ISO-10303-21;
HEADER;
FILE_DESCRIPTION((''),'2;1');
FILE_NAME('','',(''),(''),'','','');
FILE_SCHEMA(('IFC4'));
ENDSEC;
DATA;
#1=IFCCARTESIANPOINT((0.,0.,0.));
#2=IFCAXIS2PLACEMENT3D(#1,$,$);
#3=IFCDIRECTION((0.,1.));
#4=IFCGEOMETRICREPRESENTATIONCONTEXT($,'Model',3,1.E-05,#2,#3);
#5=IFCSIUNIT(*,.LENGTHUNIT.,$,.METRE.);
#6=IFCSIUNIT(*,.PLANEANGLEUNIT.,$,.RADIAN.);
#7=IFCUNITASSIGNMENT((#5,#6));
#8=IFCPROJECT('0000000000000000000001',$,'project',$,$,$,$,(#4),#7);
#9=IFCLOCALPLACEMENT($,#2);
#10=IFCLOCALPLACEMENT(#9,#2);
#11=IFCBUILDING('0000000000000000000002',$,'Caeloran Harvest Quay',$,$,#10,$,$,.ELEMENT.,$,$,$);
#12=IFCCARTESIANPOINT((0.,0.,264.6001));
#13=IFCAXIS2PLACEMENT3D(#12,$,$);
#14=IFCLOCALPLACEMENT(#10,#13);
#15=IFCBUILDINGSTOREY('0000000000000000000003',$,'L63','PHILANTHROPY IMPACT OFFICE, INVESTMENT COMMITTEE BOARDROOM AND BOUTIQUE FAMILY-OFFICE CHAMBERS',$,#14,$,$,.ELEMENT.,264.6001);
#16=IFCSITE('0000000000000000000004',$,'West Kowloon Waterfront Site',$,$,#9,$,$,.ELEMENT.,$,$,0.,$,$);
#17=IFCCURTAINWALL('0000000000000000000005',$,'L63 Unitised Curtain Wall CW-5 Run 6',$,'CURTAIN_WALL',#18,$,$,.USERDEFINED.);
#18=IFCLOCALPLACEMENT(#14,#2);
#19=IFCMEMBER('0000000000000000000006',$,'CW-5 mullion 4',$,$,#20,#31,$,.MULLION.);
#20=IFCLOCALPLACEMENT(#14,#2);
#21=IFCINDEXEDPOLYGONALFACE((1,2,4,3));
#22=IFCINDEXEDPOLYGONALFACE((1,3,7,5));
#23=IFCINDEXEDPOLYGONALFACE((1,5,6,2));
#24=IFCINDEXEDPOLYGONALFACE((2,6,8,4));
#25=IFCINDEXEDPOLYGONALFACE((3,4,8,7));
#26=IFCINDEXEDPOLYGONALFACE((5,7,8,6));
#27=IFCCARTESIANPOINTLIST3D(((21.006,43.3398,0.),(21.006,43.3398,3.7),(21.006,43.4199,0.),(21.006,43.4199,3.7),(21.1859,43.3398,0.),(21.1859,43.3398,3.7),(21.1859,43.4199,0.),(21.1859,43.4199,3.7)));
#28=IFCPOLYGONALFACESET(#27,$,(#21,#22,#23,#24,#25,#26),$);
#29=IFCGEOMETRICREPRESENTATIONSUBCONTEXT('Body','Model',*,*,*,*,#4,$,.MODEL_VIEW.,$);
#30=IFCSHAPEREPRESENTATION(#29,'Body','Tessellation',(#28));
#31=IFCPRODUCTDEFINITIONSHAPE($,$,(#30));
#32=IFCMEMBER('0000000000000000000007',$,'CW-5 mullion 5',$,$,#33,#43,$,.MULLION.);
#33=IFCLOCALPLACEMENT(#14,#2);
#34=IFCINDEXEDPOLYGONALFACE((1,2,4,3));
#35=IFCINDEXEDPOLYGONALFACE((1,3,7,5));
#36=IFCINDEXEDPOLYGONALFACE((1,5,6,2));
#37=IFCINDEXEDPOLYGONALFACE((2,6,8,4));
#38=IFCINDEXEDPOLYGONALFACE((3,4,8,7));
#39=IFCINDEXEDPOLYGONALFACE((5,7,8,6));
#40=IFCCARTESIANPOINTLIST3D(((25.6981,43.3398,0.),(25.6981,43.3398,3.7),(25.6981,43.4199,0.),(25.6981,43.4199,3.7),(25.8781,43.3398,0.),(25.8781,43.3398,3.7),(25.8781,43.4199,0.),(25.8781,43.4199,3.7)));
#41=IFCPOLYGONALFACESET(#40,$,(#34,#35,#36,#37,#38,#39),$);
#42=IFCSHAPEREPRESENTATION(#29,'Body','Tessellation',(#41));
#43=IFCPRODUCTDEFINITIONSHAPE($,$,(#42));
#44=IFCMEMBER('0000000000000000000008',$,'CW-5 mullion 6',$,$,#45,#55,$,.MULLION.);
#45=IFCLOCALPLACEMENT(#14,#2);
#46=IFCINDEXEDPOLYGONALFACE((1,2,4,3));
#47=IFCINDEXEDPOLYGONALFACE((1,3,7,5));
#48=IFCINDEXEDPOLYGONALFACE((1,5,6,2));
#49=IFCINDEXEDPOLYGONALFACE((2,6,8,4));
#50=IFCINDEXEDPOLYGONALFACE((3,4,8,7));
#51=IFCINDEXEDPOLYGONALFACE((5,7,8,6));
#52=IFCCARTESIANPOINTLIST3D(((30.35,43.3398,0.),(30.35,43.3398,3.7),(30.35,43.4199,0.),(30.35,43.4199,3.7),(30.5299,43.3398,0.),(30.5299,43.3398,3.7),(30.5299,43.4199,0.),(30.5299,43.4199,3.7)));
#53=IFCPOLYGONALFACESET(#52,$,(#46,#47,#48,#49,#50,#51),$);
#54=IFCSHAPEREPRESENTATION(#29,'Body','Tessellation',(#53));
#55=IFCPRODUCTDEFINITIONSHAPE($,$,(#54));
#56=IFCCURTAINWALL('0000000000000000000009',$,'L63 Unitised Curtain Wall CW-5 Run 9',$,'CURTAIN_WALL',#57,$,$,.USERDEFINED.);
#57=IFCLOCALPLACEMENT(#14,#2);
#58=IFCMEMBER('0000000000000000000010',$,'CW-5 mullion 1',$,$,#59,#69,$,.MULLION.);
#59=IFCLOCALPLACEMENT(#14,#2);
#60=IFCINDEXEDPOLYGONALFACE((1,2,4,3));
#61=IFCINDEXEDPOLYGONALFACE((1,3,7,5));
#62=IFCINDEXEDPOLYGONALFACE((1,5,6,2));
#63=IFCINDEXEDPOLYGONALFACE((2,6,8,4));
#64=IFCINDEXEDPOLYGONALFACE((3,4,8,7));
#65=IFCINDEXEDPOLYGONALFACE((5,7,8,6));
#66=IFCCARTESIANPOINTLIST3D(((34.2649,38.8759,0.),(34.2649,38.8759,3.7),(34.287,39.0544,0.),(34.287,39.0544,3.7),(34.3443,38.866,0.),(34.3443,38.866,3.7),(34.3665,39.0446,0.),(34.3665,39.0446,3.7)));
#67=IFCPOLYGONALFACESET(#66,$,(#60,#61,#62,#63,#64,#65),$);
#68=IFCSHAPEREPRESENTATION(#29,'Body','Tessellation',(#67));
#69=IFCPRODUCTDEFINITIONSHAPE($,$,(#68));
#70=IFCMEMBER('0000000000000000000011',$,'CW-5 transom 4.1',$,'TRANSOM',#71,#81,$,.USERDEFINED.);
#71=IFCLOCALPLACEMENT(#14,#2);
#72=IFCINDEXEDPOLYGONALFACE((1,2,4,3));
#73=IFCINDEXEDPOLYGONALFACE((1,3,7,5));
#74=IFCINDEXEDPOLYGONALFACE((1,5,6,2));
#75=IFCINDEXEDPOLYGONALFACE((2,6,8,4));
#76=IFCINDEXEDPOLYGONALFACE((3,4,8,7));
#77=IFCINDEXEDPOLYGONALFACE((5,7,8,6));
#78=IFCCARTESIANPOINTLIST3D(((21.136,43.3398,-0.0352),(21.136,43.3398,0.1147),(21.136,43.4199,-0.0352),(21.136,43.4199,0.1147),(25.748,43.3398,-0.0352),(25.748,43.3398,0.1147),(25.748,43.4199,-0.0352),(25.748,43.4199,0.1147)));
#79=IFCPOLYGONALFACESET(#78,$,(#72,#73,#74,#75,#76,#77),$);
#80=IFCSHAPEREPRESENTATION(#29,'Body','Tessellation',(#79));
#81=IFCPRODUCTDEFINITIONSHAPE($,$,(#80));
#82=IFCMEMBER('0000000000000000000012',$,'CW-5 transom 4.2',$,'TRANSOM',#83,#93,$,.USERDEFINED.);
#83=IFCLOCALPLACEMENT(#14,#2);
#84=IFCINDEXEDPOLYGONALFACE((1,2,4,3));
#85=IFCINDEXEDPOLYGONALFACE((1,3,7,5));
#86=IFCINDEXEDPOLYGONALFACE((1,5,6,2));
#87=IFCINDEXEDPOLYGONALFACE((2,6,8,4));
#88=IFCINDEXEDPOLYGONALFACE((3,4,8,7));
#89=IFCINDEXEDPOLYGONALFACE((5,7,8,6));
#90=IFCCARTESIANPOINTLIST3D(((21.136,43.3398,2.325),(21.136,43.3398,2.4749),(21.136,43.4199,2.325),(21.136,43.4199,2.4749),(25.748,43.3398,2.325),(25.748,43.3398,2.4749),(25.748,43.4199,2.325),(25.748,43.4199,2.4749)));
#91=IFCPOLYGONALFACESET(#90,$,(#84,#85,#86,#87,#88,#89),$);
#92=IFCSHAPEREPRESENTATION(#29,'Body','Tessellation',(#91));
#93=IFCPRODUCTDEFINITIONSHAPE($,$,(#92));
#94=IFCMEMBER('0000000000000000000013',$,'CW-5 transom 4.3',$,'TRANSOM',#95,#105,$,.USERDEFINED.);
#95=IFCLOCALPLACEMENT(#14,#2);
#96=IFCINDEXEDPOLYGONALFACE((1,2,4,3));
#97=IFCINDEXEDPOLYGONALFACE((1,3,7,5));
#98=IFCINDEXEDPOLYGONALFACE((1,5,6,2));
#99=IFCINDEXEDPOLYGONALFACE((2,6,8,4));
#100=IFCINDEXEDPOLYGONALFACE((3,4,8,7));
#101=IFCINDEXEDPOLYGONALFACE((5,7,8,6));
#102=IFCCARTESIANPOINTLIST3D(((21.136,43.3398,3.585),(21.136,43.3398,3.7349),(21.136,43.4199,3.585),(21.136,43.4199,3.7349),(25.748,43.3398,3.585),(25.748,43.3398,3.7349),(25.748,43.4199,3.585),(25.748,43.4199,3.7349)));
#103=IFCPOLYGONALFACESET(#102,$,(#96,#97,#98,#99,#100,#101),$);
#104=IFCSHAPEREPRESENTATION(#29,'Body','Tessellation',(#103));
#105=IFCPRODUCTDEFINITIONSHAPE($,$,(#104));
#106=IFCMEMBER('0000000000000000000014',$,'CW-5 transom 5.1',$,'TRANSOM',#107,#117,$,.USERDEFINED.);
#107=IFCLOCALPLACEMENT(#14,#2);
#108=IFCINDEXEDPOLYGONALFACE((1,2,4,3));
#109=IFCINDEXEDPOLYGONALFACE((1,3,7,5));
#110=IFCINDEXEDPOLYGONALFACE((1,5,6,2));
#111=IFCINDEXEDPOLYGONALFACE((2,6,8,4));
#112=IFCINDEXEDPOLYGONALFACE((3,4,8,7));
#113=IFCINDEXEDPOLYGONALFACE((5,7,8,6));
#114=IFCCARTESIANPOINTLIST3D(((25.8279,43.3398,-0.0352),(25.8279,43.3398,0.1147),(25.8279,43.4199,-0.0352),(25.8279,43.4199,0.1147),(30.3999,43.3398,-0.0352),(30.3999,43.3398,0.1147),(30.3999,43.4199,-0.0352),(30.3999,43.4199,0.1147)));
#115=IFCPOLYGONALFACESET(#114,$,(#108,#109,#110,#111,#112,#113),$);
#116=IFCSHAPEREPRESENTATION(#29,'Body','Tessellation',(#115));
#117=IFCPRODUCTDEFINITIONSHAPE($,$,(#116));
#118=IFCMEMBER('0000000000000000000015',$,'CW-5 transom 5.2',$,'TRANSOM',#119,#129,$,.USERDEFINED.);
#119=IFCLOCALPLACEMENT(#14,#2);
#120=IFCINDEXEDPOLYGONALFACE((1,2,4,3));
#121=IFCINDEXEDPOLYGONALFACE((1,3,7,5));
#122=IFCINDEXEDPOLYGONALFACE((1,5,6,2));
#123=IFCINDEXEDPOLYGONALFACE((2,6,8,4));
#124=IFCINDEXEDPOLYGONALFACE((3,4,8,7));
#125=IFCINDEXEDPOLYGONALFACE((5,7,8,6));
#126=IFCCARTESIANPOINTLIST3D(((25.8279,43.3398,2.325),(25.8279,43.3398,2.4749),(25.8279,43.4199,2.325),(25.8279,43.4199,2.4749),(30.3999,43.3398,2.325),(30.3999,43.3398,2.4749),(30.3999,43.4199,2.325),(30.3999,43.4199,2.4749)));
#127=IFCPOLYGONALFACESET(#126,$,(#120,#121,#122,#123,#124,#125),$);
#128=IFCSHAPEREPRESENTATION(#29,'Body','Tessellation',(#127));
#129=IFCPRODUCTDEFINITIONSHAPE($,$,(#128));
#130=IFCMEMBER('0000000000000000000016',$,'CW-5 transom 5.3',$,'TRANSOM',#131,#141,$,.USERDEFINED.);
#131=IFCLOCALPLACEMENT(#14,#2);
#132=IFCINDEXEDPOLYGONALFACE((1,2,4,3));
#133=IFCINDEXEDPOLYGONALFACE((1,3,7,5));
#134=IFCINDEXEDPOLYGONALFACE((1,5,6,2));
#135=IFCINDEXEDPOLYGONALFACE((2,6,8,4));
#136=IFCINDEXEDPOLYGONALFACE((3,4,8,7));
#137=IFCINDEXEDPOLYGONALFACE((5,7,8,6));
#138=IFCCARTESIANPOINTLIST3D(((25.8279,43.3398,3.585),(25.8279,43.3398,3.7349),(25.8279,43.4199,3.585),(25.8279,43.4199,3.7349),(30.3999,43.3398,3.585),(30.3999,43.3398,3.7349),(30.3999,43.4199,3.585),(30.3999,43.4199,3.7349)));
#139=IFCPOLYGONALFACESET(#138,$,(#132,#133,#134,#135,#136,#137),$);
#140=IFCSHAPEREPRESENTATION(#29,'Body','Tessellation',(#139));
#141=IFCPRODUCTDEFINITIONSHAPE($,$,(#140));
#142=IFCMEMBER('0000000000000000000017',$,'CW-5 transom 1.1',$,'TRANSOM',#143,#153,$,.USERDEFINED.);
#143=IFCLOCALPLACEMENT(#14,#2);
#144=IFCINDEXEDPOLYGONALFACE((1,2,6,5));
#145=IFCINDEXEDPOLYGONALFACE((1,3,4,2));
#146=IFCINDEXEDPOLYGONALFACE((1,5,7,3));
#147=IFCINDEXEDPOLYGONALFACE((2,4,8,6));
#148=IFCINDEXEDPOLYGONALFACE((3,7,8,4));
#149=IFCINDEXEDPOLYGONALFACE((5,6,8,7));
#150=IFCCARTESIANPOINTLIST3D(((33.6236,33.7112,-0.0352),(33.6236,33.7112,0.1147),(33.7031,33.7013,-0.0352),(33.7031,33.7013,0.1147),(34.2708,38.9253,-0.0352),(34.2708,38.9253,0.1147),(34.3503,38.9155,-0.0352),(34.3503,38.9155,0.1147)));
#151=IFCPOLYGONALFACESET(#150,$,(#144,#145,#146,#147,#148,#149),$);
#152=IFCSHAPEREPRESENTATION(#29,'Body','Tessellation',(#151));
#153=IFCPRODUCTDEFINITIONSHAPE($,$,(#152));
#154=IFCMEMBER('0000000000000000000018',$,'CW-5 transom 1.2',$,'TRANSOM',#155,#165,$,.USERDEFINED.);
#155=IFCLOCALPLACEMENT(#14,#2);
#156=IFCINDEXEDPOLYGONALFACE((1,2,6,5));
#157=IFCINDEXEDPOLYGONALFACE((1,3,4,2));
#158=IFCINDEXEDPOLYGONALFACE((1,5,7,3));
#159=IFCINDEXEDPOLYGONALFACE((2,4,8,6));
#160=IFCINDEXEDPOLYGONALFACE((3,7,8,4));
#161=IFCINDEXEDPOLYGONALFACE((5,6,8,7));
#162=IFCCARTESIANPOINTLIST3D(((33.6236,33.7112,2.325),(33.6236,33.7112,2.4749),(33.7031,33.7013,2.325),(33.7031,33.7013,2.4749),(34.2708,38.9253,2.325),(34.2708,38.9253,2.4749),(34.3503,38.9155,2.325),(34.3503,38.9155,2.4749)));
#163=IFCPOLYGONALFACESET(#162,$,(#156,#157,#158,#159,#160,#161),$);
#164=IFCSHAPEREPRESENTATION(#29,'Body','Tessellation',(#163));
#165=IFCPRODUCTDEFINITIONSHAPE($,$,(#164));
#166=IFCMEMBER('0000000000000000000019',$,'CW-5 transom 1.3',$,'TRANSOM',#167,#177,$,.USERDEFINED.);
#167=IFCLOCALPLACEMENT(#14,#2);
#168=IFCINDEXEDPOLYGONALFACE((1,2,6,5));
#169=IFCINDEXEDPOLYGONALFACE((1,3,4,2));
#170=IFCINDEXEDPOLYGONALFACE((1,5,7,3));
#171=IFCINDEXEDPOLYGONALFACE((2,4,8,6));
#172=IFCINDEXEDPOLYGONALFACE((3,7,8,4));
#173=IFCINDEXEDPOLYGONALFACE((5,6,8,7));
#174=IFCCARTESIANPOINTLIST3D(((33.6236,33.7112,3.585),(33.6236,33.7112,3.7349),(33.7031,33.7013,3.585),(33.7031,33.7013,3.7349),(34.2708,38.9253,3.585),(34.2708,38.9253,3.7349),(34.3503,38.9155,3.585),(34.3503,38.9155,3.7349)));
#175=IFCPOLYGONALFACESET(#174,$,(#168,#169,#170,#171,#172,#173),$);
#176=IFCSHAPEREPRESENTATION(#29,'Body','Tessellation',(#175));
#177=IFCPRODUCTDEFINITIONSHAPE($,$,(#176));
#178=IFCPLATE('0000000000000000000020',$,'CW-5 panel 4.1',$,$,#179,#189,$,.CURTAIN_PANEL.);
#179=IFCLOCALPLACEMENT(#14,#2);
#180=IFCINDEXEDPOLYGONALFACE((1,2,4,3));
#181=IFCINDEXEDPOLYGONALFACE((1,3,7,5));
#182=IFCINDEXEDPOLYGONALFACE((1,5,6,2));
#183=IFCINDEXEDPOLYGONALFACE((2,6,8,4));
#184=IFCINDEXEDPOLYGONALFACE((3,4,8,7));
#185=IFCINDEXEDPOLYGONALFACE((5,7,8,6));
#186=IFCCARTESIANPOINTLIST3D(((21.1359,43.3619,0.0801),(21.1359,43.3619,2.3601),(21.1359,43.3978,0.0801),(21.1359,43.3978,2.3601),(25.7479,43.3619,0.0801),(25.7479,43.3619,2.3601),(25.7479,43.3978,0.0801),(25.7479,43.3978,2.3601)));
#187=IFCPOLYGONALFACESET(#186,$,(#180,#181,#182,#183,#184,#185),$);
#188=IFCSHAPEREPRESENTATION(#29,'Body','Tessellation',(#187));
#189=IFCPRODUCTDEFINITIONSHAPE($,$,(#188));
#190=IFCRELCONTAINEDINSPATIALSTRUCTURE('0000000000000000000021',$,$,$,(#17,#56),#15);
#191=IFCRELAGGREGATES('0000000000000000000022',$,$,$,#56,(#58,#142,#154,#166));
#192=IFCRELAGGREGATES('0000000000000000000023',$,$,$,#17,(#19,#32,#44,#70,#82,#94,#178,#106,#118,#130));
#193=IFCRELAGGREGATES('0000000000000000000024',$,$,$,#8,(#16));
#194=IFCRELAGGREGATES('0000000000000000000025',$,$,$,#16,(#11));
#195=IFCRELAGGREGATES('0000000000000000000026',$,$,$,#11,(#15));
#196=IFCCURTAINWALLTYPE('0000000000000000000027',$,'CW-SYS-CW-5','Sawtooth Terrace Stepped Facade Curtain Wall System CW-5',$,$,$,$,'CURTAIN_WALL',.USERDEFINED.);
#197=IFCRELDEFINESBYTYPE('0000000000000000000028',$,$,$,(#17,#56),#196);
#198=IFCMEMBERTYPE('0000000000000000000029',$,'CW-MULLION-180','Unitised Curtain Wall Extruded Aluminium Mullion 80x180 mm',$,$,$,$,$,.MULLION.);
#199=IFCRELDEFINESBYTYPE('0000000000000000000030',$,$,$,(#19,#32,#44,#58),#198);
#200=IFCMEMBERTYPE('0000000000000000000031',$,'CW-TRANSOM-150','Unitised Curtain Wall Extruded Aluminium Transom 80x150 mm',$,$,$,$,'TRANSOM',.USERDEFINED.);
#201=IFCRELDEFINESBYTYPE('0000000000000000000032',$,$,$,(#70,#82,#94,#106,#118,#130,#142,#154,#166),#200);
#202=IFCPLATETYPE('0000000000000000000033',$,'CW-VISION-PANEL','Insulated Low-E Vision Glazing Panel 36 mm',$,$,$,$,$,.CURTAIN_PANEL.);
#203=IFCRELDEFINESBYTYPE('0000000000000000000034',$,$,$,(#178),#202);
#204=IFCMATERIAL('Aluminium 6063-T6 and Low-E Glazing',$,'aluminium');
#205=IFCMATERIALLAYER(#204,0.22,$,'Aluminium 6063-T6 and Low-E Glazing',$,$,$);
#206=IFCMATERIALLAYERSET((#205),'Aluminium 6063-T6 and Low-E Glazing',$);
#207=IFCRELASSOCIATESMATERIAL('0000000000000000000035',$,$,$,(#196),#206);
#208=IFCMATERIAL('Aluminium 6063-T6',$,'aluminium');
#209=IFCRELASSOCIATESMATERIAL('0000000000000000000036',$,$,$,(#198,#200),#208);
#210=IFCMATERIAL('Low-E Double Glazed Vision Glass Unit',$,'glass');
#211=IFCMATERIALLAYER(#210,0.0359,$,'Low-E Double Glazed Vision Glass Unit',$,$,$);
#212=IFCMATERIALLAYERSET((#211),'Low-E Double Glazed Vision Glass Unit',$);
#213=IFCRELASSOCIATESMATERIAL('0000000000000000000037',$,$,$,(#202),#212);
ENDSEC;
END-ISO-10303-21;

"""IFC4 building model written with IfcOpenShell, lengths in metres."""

from ifc_helpers import new_model, si_unit, direction, frame, origin, origin_2d, place, context, subcontext, project, spatial, rectangle, extrude, material, layer, layer_set, material_profile, profile_set, type_object, element, aggregate, save


model = new_model("IFC4")

# Units and contexts
model_context = context("Model", 3, precision=1e-05, world=origin(), true_north=direction((0.0, 1.0)))
body_context = subcontext(model_context, "Body", "Model", "MODEL_VIEW")
ifc_project = project(units=[si_unit("LENGTHUNIT", "METRE"), si_unit("PLANEANGLEUNIT", "RADIAN")], contexts=[model_context])

# Site, building, storey
site_placement = place(None, origin())
site = spatial("IfcSite", under=ifc_project, at=site_placement, Name="West Kowloon Waterfront Site", CompositionType="ELEMENT", RefElevation=0.0)
building_placement = place(site_placement, origin())
building = spatial("IfcBuilding", under=site, at=building_placement, Name="Caeloran Harvest Quay", CompositionType="ELEMENT")
storey_placement = place(building_placement, frame((0.0, 0.0, 264.6001)))
storey = spatial("IfcBuildingStorey", under=building, at=storey_placement, Name="L63", Description="PHILANTHROPY IMPACT OFFICE, INVESTMENT COMMITTEE BOARDROOM AND BOUTIQUE FAMILY-OFFICE CHAMBERS", CompositionType="ELEMENT", Elevation=264.6001)

# Curtain wall, members
ifc_material_1 = material(Name="Aluminium 6063-T6 and Low-E Glazing", Category="aluminium")
ifc_layer_1 = layer(ifc_material_1, 0.22, Name="Aluminium 6063-T6 and Low-E Glazing")
ifc_layer_set_1 = layer_set([ifc_layer_1], Name="Aluminium 6063-T6 and Low-E Glazing")
curtain_wall_type = type_object("IfcCurtainWallType", Name="CW-SYS-CW-5", Description="Sawtooth Terrace Stepped Facade Curtain Wall System CW-5", ElementType="CURTAIN_WALL", PredefinedType="USERDEFINED", material=ifc_layer_set_1)
curtain_wall_1_placement = place(storey_placement, origin())
curtain_wall_1 = element("IfcCurtainWall", 1, at=curtain_wall_1_placement, inside=storey, type_object=curtain_wall_type, Name="L63 Unitised Curtain Wall CW-5 Run 6", ObjectType="CURTAIN_WALL", PredefinedType="USERDEFINED")
ifc_material_2 = material(Name="Aluminium 6063-T6", Category="aluminium")
ifc_material_profile_1 = material_profile(ifc_material_2, rectangle(XDim=0.0801, YDim=0.1799, at=origin_2d()), Name="CW-MULLION-180")
ifc_profile_set_1 = profile_set([ifc_material_profile_1], Name="Aluminium 6063-T6")
member_type_1 = type_object("IfcMemberType", Name="CW-MULLION-180", Description="Unitised Curtain Wall Extruded Aluminium Mullion 80x180 mm", PredefinedType="MULLION", material=ifc_profile_set_1)
member_1_placement = place(storey_placement, frame((21.0959, 43.3799, 0.0), z_axis=(0.0, 0.0, 1.0), x_axis=(0.0, 1.0, 0.0)))
member_1 = element("IfcMember", 2, at=member_1_placement, type_object=member_type_1, Name="CW-5 mullion 4", PredefinedType="MULLION", context=body_context, shape_type="SweptSolid", body=[
    extrude(rectangle(XDim=0.0801, YDim=0.1799, at=origin_2d()), origin(), (0.0, 0.0, 1.0), 3.7),
])
member_2_placement = place(storey_placement, frame((25.7881, 43.3799, 0.0), z_axis=(0.0, 0.0, 1.0), x_axis=(0.0, 1.0, 0.0)))
member_2 = element("IfcMember", 3, at=member_2_placement, type_object=member_type_1, Name="CW-5 mullion 5", PredefinedType="MULLION", context=body_context, shape_type="SweptSolid", body=[
    extrude(rectangle(XDim=0.0801, YDim=0.1799, at=origin_2d()), origin(), (0.0, 0.0, 1.0), 3.7),
])
member_3_placement = place(storey_placement, frame((30.4399, 43.3799, 0.0), z_axis=(0.0, 0.0, 1.0), x_axis=(0.0, 1.0, 0.0)))
member_3 = element("IfcMember", 4, at=member_3_placement, type_object=member_type_1, Name="CW-5 mullion 6", PredefinedType="MULLION", context=body_context, shape_type="SweptSolid", body=[
    extrude(rectangle(XDim=0.0801, YDim=0.1799, at=origin_2d()), origin(), (0.0, 0.0, 1.0), 3.7),
])

# Curtain wall, member
curtain_wall_2_placement = place(storey_placement, origin())
curtain_wall_2 = element("IfcCurtainWall", 5, at=curtain_wall_2_placement, inside=storey, type_object=curtain_wall_type, Name="L63 Unitised Curtain Wall CW-5 Run 9", ObjectType="CURTAIN_WALL", PredefinedType="USERDEFINED")
member_4_placement = place(storey_placement, frame((34.3157, 38.9602, 0.0), z_axis=(0.0, 0.0, 1.0), x_axis=(0.992383, -0.12319, 0.0)))
member_4 = element("IfcMember", 6, at=member_4_placement, type_object=member_type_1, Name="CW-5 mullion 1", PredefinedType="MULLION", context=body_context, shape_type="SweptSolid", body=[
    extrude(rectangle(XDim=0.0801, YDim=0.1799, at=origin_2d()), origin(), (0.0, 0.0, 1.0), 3.7),
])

# Members
ifc_material_profile_2 = material_profile(ifc_material_2, rectangle(XDim=0.0801, YDim=0.1499, at=origin_2d()), Name="CW-TRANSOM-150")
ifc_profile_set_2 = profile_set([ifc_material_profile_2], Name="Aluminium 6063-T6")
member_type_2 = type_object("IfcMemberType", Name="CW-TRANSOM-150", Description="Unitised Curtain Wall Extruded Aluminium Transom 80x150 mm", ElementType="TRANSOM", PredefinedType="USERDEFINED", material=ifc_profile_set_2)
member_5_placement = place(storey_placement, frame((21.136, 43.3799, 0.0398), z_axis=(1.0, 0.0, 0.0), x_axis=(0.0, 1.0, 0.0)))
member_5 = element("IfcMember", 7, at=member_5_placement, type_object=member_type_2, Name="CW-5 transom 4.1", ObjectType="TRANSOM", PredefinedType="USERDEFINED", context=body_context, shape_type="SweptSolid", body=[
    extrude(rectangle(XDim=0.0801, YDim=0.1499, at=origin_2d()), origin(), (0.0, 0.0, 1.0), 4.6121),
])
member_6_placement = place(storey_placement, frame((21.136, 43.3799, 2.3999), z_axis=(1.0, 0.0, 0.0), x_axis=(0.0, 1.0, 0.0)))
member_6 = element("IfcMember", 8, at=member_6_placement, type_object=member_type_2, Name="CW-5 transom 4.2", ObjectType="TRANSOM", PredefinedType="USERDEFINED", context=body_context, shape_type="SweptSolid", body=[
    extrude(rectangle(XDim=0.0801, YDim=0.1499, at=origin_2d()), origin(), (0.0, 0.0, 1.0), 4.6121),
])
member_7_placement = place(storey_placement, frame((21.136, 43.3799, 3.6599), z_axis=(1.0, 0.0, 0.0), x_axis=(0.0, 1.0, 0.0)))
member_7 = element("IfcMember", 9, at=member_7_placement, type_object=member_type_2, Name="CW-5 transom 4.3", ObjectType="TRANSOM", PredefinedType="USERDEFINED", context=body_context, shape_type="SweptSolid", body=[
    extrude(rectangle(XDim=0.0801, YDim=0.1499, at=origin_2d()), origin(), (0.0, 0.0, 1.0), 4.6121),
])
member_8_placement = place(storey_placement, frame((25.8279, 43.3799, 0.0398), z_axis=(1.0, 0.0, 0.0), x_axis=(0.0, 1.0, 0.0)))
member_8 = element("IfcMember", 10, at=member_8_placement, type_object=member_type_2, Name="CW-5 transom 5.1", ObjectType="TRANSOM", PredefinedType="USERDEFINED", context=body_context, shape_type="SweptSolid", body=[
    extrude(rectangle(XDim=0.0801, YDim=0.1499, at=origin_2d()), origin(), (0.0, 0.0, 1.0), 4.572),
])
member_9_placement = place(storey_placement, frame((25.8279, 43.3799, 2.3999), z_axis=(1.0, 0.0, 0.0), x_axis=(0.0, 1.0, 0.0)))
member_9 = element("IfcMember", 11, at=member_9_placement, type_object=member_type_2, Name="CW-5 transom 5.2", ObjectType="TRANSOM", PredefinedType="USERDEFINED", context=body_context, shape_type="SweptSolid", body=[
    extrude(rectangle(XDim=0.0801, YDim=0.1499, at=origin_2d()), origin(), (0.0, 0.0, 1.0), 4.572),
])
member_10_placement = place(storey_placement, frame((25.8279, 43.3799, 3.6599), z_axis=(1.0, 0.0, 0.0), x_axis=(0.0, 1.0, 0.0)))
member_10 = element("IfcMember", 12, at=member_10_placement, type_object=member_type_2, Name="CW-5 transom 5.3", ObjectType="TRANSOM", PredefinedType="USERDEFINED", context=body_context, shape_type="SweptSolid", body=[
    extrude(rectangle(XDim=0.0801, YDim=0.1499, at=origin_2d()), origin(), (0.0, 0.0, 1.0), 4.572),
])
member_11_placement = place(storey_placement, frame((34.3105, 38.9204, 0.0398), z_axis=(-0.123183, -0.992384, 0.0), x_axis=(0.992384, -0.123183, 0.0)))
member_11 = element("IfcMember", 13, at=member_11_placement, type_object=member_type_2, Name="CW-5 transom 1.1", ObjectType="TRANSOM", PredefinedType="USERDEFINED", context=body_context, shape_type="SweptSolid", body=[
    extrude(rectangle(XDim=0.0801, YDim=0.1499, at=origin_2d()), origin(), (0.0, 0.0, 1.0), 5.2542),
])
member_12_placement = place(storey_placement, frame((34.3105, 38.9204, 2.3999), z_axis=(-0.123183, -0.992384, 0.0), x_axis=(0.992384, -0.123183, 0.0)))
member_12 = element("IfcMember", 14, at=member_12_placement, type_object=member_type_2, Name="CW-5 transom 1.2", ObjectType="TRANSOM", PredefinedType="USERDEFINED", context=body_context, shape_type="SweptSolid", body=[
    extrude(rectangle(XDim=0.0801, YDim=0.1499, at=origin_2d()), origin(), (0.0, 0.0, 1.0), 5.2542),
])
member_13_placement = place(storey_placement, frame((34.3105, 38.9204, 3.6599), z_axis=(-0.123183, -0.992384, 0.0), x_axis=(0.992384, -0.123183, 0.0)))
member_13 = element("IfcMember", 15, at=member_13_placement, type_object=member_type_2, Name="CW-5 transom 1.3", ObjectType="TRANSOM", PredefinedType="USERDEFINED", context=body_context, shape_type="SweptSolid", body=[
    extrude(rectangle(XDim=0.0801, YDim=0.1499, at=origin_2d()), origin(), (0.0, 0.0, 1.0), 5.2542),
])
aggregate(curtain_wall_2, [member_4, member_11, member_12, member_13])

# Plate
ifc_material_3 = material(Name="Low-E Double Glazed Vision Glass Unit", Category="glass")
ifc_layer_2 = layer(ifc_material_3, 0.0359, Name="Low-E Double Glazed Vision Glass Unit")
ifc_layer_set_2 = layer_set([ifc_layer_2], Name="Low-E Double Glazed Vision Glass Unit")
plate_type = type_object("IfcPlateType", Name="CW-VISION-PANEL", Description="Insulated Low-E Vision Glazing Panel 36 mm", PredefinedType="CURTAIN_PANEL", material=ifc_layer_set_2)
plate_1_placement = place(storey_placement, frame((23.4419, 43.3799, 0.0801), z_axis=(0.0, 0.0, 1.0), x_axis=(1.0, 0.0, 0.0)))
plate_1 = element("IfcPlate", 16, at=plate_1_placement, type_object=plate_type, Name="CW-5 panel 4.1", PredefinedType="CURTAIN_PANEL", context=body_context, shape_type="SweptSolid", body=[
    extrude(rectangle(XDim=4.6121, YDim=0.0359, at=origin_2d()), origin(), (0.0, 0.0, 1.0), 2.28),
])
aggregate(curtain_wall_1, [member_1, member_2, member_3, member_5, member_6, member_7, plate_1, member_8, member_9, member_10])

save(model, "model.ifc")
